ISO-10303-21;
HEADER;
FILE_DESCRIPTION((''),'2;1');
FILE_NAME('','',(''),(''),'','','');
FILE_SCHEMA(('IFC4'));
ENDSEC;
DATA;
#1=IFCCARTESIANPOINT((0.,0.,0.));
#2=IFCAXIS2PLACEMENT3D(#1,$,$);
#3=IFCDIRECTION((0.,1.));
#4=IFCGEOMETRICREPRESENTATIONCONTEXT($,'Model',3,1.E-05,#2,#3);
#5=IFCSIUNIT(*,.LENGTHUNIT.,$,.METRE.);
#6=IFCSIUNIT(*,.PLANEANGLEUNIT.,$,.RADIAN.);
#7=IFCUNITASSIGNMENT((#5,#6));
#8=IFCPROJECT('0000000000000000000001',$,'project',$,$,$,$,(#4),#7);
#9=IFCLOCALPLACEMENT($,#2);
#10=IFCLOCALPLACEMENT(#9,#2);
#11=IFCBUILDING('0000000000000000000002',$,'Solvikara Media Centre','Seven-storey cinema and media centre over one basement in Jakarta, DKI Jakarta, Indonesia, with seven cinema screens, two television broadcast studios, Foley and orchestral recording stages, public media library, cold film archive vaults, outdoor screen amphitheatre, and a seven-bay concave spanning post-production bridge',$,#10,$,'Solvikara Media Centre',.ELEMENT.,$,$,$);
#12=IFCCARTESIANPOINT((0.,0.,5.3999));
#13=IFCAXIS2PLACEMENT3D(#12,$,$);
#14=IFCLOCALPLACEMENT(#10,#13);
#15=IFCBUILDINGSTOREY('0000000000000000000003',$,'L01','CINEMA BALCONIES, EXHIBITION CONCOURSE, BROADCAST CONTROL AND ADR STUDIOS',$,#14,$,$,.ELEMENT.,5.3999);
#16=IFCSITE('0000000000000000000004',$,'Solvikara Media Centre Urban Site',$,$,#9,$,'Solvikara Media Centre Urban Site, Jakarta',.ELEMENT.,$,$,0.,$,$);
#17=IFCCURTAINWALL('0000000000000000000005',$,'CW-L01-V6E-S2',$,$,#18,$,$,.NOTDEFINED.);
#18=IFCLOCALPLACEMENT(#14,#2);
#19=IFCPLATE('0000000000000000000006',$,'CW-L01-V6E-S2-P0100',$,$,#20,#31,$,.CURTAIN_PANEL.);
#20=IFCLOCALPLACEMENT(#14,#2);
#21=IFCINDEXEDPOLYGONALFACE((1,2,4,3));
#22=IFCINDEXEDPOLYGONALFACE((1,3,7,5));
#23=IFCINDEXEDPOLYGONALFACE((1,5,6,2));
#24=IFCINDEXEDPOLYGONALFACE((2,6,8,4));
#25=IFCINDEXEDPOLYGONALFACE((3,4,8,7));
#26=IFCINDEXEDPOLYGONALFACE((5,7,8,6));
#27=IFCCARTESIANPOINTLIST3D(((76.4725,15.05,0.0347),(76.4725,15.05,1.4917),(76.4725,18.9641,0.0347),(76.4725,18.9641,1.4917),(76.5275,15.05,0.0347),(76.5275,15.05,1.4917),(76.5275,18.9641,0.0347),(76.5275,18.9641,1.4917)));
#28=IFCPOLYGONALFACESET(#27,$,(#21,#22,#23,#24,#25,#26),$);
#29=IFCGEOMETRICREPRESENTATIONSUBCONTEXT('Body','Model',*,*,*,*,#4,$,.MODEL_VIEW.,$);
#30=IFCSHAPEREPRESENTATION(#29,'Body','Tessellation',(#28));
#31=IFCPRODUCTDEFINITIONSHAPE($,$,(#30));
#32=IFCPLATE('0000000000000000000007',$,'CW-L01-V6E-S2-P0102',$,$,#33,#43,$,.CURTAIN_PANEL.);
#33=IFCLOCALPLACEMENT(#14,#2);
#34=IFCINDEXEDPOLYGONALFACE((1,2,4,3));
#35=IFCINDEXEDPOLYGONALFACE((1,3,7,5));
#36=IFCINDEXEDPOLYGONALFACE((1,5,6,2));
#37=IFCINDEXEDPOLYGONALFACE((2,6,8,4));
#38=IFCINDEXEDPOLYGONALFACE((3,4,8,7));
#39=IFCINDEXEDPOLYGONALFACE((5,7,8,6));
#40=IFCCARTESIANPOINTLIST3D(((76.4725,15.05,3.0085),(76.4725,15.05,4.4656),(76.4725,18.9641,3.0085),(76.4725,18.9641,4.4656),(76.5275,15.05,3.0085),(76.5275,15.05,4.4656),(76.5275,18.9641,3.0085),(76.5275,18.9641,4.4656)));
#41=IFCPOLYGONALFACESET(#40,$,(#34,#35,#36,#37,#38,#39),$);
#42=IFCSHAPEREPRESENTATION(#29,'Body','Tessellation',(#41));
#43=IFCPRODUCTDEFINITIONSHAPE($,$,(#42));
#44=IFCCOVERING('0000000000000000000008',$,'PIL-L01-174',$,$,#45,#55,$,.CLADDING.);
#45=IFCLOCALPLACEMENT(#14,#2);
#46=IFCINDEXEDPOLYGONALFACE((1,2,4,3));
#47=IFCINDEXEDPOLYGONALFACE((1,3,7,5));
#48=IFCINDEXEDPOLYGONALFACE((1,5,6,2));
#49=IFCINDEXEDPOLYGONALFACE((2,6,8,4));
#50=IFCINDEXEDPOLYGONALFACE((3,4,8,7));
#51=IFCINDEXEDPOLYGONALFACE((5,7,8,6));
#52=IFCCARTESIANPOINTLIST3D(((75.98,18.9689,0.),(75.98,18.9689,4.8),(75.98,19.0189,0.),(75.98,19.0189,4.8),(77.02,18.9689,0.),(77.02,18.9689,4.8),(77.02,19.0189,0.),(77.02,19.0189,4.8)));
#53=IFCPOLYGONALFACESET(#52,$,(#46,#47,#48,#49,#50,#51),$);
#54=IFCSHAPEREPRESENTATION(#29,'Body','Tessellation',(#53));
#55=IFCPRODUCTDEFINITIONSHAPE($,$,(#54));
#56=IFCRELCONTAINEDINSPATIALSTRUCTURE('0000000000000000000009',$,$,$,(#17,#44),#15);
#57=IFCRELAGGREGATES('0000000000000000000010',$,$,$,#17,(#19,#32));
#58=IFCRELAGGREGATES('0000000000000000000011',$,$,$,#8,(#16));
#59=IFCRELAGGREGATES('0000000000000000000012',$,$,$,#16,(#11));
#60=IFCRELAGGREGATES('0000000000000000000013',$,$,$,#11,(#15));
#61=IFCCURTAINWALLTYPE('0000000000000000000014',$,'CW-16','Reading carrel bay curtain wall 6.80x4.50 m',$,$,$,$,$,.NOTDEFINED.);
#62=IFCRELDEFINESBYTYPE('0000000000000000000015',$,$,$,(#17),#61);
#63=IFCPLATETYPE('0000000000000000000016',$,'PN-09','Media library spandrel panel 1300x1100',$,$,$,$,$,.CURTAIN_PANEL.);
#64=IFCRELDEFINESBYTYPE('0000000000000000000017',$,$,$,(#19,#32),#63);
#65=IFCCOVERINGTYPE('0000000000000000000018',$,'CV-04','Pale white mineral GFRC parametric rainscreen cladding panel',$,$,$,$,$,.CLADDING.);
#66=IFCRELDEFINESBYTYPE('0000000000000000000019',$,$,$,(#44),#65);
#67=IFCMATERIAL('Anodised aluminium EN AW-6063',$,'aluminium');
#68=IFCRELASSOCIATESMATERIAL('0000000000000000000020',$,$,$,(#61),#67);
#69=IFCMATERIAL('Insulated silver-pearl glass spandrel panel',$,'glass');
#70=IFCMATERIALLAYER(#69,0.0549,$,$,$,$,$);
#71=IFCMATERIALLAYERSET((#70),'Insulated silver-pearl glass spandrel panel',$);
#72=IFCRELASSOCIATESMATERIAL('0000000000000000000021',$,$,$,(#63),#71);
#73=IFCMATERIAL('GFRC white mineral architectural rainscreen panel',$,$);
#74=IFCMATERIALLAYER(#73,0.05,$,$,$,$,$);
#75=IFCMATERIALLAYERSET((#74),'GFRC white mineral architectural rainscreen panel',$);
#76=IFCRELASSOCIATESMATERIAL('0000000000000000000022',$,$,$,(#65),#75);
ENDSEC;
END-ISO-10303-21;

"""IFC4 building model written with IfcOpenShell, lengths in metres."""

from ifc_helpers import new_model, si_unit, direction, frame, origin, origin_2d, place, context, subcontext, project, spatial, rectangle, extrude, material, layer, layer_set, type_object, element, aggregate, save


model = new_model("IFC4")

# Units and contexts
model_context = context("Model", 3, precision=1e-05, world=origin(), true_north=direction((0.0, 1.0)))
body_context = subcontext(model_context, "Body", "Model", "MODEL_VIEW")
ifc_project = project(units=[si_unit("LENGTHUNIT", "METRE"), si_unit("PLANEANGLEUNIT", "RADIAN")], contexts=[model_context])

# Site, building, storey
site_placement = place(None, origin())
site = spatial("IfcSite", under=ifc_project, at=site_placement, Name="Solvikara Media Centre Urban Site", LongName="Solvikara Media Centre Urban Site, Jakarta", CompositionType="ELEMENT", RefElevation=0.0)
building_placement = place(site_placement, origin())
building = spatial("IfcBuilding", under=site, at=building_placement, Name="Solvikara Media Centre", Description="Seven-storey cinema and media centre over one basement in Jakarta, DKI Jakarta, Indonesia, with seven cinema screens, two television broadcast studios, Foley and orchestral recording stages, public media library, cold film archive vaults, outdoor screen amphitheatre, and a seven-bay concave spanning post-production bridge", LongName="Solvikara Media Centre", CompositionType="ELEMENT")
storey_placement = place(building_placement, frame((0.0, 0.0, 5.3999)))
storey = spatial("IfcBuildingStorey", under=building, at=storey_placement, Name="L01", Description="CINEMA BALCONIES, EXHIBITION CONCOURSE, BROADCAST CONTROL AND ADR STUDIOS", CompositionType="ELEMENT", Elevation=5.3999)

# Curtain wall
ifc_material_1 = material(Name="Anodised aluminium EN AW-6063", Category="aluminium")
curtain_wall_type = type_object("IfcCurtainWallType", Name="CW-16", Description="Reading carrel bay curtain wall 6.80x4.50 m", PredefinedType="NOTDEFINED", material=ifc_material_1)
curtain_wall_1_placement = place(storey_placement, origin())
curtain_wall_1 = element("IfcCurtainWall", 1, at=curtain_wall_1_placement, inside=storey, type_object=curtain_wall_type, Name="CW-L01-V6E-S2", PredefinedType="NOTDEFINED")

# Plates
ifc_material_2 = material(Name="Insulated silver-pearl glass spandrel panel", Category="glass")
ifc_layer_1 = layer(ifc_material_2, 0.0549)
ifc_layer_set_1 = layer_set([ifc_layer_1], Name="Insulated silver-pearl glass spandrel panel")
plate_type_1 = type_object("IfcPlateType", Name="PN-09", Description="Media library spandrel panel 1300x1100", PredefinedType="CURTAIN_PANEL", material=ifc_layer_set_1)
plate_1_placement = place(storey_placement, frame((76.5, 17.0071, 0.0347), z_axis=(0.0, 0.0, 1.0), x_axis=(0.0, 1.0, 0.0)))
plate_1 = element("IfcPlate", 2, at=plate_1_placement, type_object=plate_type_1, Name="CW-L01-V6E-S2-P0100", PredefinedType="CURTAIN_PANEL", context=body_context, shape_type="SweptSolid", body=[
    extrude(rectangle(XDim=3.9141, YDim=0.0549, at=origin_2d()), origin(), (0.0, 0.0, 1.0), 1.457),
])
plate_2_placement = place(storey_placement, frame((76.5, 17.0071, 3.0085), z_axis=(0.0, 0.0, 1.0), x_axis=(0.0, 1.0, 0.0)))
plate_2 = element("IfcPlate", 3, at=plate_2_placement, type_object=plate_type_1, Name="CW-L01-V6E-S2-P0102", PredefinedType="CURTAIN_PANEL", context=body_context, shape_type="SweptSolid", body=[
    extrude(rectangle(XDim=3.9141, YDim=0.0549, at=origin_2d()), origin(), (0.0, 0.0, 1.0), 1.457),
])
aggregate(curtain_wall_1, [plate_1, plate_2])

# Covering
ifc_material_3 = material(Name="GFRC white mineral architectural rainscreen panel")
ifc_layer_2 = layer(ifc_material_3, 0.05)
ifc_layer_set_2 = layer_set([ifc_layer_2], Name="GFRC white mineral architectural rainscreen panel")
covering_type = type_object("IfcCoveringType", Name="CV-04", Description="Pale white mineral GFRC parametric rainscreen cladding panel", PredefinedType="CLADDING", material=ifc_layer_set_2)
covering_placement = place(storey_placement, frame((76.5, 18.9939, 0.0), z_axis=(0.0, 0.0, 1.0), x_axis=(1.0, 0.0, 0.0)))
element("IfcCovering", 4, at=covering_placement, inside=storey, type_object=covering_type, Name="PIL-L01-174", PredefinedType="CLADDING", context=body_context, shape_type="SweptSolid", body=[
    extrude(rectangle(XDim=1.04, YDim=0.05, at=origin_2d()), origin(), (0.0, 0.0, 1.0), 4.8),
])

save(model, "model.ifc")
